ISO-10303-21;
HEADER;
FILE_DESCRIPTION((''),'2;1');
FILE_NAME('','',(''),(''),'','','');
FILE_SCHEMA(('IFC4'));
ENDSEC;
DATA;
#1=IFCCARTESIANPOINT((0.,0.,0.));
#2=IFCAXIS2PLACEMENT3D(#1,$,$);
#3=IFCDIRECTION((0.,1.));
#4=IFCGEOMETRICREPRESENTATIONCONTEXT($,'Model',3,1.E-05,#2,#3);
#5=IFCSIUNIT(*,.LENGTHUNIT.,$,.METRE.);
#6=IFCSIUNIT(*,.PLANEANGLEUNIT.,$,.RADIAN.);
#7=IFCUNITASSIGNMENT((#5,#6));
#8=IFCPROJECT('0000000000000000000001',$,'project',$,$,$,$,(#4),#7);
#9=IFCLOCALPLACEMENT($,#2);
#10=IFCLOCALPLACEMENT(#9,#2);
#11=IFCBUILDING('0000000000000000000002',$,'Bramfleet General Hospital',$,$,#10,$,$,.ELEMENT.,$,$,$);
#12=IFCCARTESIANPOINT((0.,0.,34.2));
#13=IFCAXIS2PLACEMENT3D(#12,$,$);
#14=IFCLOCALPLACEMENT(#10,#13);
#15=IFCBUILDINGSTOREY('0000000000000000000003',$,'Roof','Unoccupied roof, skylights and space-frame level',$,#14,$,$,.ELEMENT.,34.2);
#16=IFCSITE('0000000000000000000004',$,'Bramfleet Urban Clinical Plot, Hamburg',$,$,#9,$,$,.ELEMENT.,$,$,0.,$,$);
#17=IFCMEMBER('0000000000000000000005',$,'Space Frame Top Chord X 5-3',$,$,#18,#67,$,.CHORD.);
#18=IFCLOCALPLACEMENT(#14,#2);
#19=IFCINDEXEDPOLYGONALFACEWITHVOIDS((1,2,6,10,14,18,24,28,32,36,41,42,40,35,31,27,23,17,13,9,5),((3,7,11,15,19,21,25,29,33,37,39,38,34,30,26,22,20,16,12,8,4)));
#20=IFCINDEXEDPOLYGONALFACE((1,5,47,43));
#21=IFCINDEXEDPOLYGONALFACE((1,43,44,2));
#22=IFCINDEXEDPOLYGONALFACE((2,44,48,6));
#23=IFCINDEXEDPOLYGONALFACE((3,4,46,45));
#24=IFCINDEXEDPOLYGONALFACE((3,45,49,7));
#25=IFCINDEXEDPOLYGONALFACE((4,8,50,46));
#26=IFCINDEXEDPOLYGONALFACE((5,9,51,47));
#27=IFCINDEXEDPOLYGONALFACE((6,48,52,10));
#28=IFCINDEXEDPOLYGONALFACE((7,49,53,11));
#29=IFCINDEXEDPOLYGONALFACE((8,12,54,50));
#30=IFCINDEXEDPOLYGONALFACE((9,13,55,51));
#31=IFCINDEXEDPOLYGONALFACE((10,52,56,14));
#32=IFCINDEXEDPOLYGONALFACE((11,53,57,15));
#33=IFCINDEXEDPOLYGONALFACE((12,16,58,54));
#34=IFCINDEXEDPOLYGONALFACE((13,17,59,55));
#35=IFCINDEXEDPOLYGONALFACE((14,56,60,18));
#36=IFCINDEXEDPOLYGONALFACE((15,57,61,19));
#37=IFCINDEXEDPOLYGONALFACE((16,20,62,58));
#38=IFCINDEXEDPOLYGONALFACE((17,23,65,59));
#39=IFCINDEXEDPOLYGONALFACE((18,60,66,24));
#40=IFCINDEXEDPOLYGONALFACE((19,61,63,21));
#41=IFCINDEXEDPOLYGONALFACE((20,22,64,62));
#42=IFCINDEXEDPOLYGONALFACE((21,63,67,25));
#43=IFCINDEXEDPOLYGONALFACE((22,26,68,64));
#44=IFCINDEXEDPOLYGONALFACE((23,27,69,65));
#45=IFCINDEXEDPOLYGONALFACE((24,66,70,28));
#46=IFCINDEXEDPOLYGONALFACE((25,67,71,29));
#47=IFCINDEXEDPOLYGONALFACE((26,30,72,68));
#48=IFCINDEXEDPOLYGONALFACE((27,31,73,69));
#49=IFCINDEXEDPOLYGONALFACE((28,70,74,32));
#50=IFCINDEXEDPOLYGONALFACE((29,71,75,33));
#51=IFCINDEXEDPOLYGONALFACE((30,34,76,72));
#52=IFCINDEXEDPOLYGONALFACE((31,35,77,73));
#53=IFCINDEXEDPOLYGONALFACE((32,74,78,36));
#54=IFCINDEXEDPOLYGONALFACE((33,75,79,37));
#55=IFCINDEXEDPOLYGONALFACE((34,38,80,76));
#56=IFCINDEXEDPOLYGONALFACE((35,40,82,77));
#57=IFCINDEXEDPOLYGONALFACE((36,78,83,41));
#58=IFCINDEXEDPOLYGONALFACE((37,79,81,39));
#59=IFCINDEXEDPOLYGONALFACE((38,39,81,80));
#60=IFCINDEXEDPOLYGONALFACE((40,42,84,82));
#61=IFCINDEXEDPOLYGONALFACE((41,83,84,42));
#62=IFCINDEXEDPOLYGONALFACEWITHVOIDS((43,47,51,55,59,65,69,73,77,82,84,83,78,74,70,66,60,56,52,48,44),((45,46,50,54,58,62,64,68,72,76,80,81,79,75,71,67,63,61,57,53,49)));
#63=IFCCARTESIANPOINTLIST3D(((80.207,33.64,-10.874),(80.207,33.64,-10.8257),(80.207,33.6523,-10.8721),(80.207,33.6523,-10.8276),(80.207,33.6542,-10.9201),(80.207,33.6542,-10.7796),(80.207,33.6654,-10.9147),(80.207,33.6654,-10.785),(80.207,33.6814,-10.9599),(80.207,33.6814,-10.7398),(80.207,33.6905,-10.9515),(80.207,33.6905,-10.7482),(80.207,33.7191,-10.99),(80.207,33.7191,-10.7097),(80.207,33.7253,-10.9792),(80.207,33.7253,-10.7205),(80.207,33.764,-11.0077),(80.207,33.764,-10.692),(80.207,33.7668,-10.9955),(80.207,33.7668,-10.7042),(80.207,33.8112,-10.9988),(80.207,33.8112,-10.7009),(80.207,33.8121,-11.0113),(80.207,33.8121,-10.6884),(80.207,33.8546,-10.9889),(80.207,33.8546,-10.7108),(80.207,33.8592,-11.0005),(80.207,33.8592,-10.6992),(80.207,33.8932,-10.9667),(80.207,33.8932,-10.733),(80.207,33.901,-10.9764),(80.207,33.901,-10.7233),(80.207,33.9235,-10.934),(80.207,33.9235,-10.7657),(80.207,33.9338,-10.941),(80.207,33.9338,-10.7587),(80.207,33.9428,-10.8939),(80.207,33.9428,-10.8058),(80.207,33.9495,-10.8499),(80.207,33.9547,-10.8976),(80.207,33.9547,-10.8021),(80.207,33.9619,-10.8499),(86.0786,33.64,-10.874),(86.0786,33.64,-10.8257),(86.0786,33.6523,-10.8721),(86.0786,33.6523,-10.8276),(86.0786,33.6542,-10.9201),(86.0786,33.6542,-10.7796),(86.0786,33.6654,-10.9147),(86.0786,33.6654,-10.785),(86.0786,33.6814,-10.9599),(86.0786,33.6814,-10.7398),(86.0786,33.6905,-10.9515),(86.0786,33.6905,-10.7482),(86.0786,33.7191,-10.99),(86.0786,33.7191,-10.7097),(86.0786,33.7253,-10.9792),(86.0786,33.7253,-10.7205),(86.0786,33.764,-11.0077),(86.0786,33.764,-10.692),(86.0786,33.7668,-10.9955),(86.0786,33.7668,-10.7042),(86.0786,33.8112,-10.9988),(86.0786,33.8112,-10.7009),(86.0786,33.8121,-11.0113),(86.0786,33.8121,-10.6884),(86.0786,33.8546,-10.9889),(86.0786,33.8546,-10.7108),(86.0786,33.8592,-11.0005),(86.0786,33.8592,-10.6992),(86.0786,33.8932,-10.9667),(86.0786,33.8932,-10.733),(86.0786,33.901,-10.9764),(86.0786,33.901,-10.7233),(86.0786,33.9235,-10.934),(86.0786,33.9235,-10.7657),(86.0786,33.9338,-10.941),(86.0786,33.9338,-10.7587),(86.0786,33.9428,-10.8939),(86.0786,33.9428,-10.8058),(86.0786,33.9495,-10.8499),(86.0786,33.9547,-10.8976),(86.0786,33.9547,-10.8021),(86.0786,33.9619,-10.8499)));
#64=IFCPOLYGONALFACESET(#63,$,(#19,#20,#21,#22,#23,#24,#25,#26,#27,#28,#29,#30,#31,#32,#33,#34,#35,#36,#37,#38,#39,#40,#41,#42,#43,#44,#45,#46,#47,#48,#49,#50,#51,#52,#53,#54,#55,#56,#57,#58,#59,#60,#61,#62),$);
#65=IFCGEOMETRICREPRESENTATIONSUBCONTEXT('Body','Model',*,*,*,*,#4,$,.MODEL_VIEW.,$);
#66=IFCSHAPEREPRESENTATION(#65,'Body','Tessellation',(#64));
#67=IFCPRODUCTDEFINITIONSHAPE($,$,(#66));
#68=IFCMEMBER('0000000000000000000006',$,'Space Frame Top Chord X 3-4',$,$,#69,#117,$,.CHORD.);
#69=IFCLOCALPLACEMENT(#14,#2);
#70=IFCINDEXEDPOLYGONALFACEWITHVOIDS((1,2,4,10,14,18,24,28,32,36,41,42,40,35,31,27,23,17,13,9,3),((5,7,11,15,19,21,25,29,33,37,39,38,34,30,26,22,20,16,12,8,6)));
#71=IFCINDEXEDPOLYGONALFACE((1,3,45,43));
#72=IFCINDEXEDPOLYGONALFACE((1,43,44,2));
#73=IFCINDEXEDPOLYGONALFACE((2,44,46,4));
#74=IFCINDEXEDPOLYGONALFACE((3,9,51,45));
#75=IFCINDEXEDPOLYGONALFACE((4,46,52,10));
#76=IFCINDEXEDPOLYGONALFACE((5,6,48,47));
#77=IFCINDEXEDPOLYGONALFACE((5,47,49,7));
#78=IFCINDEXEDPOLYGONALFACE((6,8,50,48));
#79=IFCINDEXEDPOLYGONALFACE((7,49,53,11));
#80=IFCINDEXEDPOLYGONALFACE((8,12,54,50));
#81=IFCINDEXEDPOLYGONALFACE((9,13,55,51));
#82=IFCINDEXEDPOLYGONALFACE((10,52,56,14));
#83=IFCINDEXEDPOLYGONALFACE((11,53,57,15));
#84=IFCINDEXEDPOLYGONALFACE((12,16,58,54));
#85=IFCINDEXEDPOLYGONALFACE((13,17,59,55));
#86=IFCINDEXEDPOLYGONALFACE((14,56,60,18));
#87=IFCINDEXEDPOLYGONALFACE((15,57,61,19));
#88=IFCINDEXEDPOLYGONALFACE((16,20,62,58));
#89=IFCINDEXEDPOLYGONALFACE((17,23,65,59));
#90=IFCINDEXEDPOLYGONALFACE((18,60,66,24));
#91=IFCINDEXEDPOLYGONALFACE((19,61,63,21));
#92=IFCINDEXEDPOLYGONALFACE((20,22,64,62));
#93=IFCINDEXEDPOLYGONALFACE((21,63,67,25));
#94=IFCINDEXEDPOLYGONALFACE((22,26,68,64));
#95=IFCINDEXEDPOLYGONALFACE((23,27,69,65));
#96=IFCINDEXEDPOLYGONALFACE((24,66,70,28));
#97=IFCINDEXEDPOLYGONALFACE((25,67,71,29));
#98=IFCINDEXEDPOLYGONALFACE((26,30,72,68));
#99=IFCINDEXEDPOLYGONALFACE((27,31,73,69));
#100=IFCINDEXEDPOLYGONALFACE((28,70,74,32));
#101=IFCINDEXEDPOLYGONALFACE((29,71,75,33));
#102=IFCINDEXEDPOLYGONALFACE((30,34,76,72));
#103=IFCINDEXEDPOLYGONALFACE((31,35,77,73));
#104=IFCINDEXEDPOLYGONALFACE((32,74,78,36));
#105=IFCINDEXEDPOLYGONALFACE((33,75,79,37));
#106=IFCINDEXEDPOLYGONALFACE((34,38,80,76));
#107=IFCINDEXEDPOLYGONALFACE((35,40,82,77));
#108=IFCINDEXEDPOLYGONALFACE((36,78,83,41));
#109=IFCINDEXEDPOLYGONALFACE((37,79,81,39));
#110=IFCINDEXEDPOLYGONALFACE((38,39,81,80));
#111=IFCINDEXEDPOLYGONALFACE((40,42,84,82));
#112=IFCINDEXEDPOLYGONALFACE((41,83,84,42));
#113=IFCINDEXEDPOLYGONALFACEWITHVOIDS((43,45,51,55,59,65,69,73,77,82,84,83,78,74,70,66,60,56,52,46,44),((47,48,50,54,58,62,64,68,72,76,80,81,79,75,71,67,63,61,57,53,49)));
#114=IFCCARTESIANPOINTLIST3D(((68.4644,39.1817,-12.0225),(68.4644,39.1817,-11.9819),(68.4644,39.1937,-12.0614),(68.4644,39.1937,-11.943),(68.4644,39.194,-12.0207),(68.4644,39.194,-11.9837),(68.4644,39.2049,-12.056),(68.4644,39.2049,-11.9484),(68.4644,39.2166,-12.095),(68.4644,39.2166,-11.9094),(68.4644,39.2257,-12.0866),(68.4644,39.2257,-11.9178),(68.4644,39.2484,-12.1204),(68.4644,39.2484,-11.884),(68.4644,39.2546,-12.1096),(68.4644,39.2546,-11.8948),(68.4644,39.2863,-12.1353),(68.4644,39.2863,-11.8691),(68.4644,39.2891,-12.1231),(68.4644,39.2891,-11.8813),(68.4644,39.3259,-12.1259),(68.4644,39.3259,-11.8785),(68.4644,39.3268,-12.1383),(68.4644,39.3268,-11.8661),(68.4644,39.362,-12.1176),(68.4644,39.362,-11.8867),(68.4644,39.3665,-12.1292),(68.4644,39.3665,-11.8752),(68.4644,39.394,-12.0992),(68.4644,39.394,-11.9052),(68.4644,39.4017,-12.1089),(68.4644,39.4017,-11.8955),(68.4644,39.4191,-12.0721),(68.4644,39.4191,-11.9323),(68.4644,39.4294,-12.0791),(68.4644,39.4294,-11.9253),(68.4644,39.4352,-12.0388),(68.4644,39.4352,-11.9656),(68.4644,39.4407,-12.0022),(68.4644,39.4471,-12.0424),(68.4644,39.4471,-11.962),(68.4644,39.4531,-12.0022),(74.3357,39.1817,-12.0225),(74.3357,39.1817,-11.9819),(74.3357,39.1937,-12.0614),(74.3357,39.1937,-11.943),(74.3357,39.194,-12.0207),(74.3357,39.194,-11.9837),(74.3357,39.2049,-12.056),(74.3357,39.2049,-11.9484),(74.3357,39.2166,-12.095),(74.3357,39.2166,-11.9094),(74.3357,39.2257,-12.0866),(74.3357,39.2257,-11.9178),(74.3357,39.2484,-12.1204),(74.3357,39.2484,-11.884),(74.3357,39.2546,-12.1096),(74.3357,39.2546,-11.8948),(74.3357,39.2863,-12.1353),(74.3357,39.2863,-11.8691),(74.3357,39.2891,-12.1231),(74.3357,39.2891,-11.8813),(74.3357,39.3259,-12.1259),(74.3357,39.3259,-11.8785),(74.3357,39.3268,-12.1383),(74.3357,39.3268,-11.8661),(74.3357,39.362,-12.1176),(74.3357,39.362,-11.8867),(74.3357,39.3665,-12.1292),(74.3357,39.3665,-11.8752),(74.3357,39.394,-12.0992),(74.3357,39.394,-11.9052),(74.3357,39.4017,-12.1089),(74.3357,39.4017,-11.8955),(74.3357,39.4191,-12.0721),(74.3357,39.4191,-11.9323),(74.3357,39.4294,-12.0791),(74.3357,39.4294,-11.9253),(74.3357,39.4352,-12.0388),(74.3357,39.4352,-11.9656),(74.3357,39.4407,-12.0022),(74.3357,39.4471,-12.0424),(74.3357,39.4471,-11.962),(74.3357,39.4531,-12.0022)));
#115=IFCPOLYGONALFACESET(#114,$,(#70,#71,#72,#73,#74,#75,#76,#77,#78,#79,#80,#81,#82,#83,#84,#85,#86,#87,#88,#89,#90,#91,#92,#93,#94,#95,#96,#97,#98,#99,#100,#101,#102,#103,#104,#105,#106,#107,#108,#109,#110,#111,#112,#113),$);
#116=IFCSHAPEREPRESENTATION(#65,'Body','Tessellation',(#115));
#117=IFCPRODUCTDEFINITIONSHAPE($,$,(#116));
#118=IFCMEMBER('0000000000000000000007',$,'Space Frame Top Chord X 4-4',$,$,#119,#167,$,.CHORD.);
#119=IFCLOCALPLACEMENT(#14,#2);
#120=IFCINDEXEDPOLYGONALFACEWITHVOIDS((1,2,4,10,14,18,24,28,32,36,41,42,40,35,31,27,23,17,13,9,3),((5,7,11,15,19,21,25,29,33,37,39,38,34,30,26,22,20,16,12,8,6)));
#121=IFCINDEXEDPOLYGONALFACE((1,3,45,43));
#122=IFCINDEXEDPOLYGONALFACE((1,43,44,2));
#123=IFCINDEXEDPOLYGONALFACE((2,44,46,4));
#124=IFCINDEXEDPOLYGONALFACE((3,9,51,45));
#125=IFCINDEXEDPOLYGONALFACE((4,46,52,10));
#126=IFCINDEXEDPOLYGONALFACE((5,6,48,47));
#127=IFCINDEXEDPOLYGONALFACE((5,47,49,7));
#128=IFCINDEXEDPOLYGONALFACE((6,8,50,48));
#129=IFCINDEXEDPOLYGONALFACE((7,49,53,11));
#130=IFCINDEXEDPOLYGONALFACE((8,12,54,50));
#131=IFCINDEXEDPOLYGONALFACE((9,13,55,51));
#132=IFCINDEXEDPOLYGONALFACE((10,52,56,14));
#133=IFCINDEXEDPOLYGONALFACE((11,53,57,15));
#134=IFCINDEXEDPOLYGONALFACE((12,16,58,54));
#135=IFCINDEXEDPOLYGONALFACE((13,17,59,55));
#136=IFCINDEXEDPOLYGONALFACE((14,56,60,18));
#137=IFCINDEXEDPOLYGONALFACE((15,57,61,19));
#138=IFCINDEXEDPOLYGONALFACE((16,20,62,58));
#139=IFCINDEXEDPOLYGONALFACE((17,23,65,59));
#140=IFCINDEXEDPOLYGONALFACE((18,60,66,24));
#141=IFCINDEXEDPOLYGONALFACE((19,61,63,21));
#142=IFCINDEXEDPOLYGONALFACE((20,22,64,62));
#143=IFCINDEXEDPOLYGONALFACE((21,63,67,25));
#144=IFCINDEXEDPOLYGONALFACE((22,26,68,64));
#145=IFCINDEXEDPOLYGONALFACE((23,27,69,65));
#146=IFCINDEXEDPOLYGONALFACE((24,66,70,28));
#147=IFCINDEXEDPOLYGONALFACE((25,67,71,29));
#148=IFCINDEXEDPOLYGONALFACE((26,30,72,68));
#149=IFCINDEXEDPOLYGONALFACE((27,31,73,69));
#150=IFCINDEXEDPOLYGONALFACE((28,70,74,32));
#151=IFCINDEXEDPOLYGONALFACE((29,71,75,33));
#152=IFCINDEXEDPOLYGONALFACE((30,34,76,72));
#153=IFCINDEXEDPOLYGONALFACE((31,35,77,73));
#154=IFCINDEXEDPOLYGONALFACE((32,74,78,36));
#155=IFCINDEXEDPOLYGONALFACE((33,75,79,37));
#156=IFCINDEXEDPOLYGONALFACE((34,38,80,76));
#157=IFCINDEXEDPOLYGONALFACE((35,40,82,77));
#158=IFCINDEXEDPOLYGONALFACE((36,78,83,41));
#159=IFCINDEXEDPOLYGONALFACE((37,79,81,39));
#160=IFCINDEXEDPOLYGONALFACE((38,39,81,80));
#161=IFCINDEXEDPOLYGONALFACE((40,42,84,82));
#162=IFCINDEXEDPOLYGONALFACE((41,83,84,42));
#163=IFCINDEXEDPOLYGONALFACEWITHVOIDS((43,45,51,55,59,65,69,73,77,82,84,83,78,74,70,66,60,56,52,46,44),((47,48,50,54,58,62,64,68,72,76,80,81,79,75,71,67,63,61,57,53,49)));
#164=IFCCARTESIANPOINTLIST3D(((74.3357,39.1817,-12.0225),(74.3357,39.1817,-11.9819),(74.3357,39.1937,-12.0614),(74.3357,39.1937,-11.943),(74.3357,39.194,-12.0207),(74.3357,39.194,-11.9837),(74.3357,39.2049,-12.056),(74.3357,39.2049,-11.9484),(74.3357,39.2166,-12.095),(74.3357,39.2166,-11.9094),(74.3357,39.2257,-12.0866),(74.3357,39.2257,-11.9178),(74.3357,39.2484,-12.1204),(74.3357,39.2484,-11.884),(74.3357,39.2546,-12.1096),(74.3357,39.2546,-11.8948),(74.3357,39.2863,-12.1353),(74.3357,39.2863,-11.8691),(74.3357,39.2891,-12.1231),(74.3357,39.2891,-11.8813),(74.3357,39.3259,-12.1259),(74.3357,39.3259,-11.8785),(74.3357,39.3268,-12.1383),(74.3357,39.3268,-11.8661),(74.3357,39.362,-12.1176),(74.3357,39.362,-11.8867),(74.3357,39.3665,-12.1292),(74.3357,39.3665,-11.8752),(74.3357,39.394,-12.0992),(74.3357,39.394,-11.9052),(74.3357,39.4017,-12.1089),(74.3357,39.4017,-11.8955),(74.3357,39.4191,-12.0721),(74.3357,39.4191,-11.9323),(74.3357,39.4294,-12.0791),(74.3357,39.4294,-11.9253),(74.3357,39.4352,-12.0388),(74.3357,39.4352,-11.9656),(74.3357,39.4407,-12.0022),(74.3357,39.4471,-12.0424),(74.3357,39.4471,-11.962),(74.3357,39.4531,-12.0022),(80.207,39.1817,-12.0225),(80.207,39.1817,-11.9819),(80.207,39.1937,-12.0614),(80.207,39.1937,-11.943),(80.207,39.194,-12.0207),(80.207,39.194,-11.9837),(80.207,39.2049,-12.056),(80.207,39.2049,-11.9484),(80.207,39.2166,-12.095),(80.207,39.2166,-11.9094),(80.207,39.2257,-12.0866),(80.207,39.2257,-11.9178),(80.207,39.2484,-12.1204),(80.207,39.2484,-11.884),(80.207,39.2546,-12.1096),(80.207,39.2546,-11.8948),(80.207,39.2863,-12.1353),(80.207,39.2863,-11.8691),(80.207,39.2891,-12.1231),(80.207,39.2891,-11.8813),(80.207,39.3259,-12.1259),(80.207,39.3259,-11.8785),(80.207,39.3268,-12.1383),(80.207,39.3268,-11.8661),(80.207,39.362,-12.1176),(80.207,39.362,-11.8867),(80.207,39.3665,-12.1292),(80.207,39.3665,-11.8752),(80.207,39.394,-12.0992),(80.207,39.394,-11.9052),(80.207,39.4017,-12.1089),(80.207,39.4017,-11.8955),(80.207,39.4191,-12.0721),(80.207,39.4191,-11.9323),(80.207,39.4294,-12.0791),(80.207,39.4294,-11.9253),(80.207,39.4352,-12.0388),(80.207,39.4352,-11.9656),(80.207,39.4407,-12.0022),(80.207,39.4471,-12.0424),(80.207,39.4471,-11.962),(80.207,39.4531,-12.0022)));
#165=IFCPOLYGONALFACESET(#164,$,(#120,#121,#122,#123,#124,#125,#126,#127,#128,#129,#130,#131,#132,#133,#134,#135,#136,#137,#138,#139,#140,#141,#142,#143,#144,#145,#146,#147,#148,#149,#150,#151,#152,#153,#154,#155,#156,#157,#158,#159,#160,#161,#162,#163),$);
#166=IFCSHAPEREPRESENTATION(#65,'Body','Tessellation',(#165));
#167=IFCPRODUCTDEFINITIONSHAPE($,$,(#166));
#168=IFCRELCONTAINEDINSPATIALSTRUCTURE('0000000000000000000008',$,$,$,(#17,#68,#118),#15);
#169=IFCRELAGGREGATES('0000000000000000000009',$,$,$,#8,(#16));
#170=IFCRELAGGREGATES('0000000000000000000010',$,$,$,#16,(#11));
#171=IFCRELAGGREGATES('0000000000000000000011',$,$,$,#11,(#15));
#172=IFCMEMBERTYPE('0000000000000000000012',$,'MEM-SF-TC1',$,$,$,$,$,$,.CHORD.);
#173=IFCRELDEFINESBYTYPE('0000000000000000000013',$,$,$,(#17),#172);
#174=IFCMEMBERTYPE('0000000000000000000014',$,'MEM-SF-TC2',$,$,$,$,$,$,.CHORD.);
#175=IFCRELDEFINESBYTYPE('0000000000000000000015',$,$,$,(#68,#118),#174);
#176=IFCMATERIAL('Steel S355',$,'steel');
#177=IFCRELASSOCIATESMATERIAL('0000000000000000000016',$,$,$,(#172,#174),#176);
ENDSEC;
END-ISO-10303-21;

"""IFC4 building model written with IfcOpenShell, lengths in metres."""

from ifc_helpers import new_model, si_unit, direction, frame, origin, origin_2d, place, context, subcontext, project, spatial, hollow_circle, extrude, material, material_profile, profile_set, type_object, element, save


model = new_model("IFC4")

# Units and contexts
model_context = context("Model", 3, precision=1e-05, world=origin(), true_north=direction((0.0, 1.0)))
body_context = subcontext(model_context, "Body", "Model", "MODEL_VIEW")
ifc_project = project(units=[si_unit("LENGTHUNIT", "METRE"), si_unit("PLANEANGLEUNIT", "RADIAN")], contexts=[model_context])

# Site, building, storey
site_placement = place(None, origin())
site = spatial("IfcSite", under=ifc_project, at=site_placement, Name="Bramfleet Urban Clinical Plot, Hamburg", CompositionType="ELEMENT", RefElevation=0.0)
building_placement = place(site_placement, origin())
building = spatial("IfcBuilding", under=site, at=building_placement, Name="Bramfleet General Hospital", CompositionType="ELEMENT")
storey_placement = place(building_placement, frame((0.0, 0.0, 34.2)))
storey = spatial("IfcBuildingStorey", under=building, at=storey_placement, Name="Roof", Description="Unoccupied roof, skylights and space-frame level", CompositionType="ELEMENT", Elevation=34.2)

# Members
ifc_material = material(Name="Steel S355", Category="steel")
ifc_material_profile_1 = material_profile(ifc_material, hollow_circle(Radius=0.1619, WallThickness=0.0125, at=origin_2d()), Name="CHS 323.9x12.5")
ifc_profile_set_1 = profile_set([ifc_material_profile_1], Name="Steel S355")
member_type_1 = type_object("IfcMemberType", Name="MEM-SF-TC1", PredefinedType="CHORD", material=ifc_profile_set_1)
member_1_placement = place(storey_placement, frame((80.207, 33.8, -10.8499), z_axis=(1.0, 0.0, 0.0), x_axis=(0.0, 1.0, 0.0)))
element("IfcMember", 1, at=member_1_placement, inside=storey, type_object=member_type_1, Name="Space Frame Top Chord X 5-3", PredefinedType="CHORD", context=body_context, shape_type="SweptSolid", body=[
    extrude(hollow_circle(Radius=0.1619, WallThickness=0.0125, at=origin_2d()), origin(), (0.0, 0.0, 1.0), 5.8716),
])
ifc_material_profile_2 = material_profile(ifc_material, hollow_circle(Radius=0.1365, WallThickness=0.0125, at=origin_2d()), Name="CHS 273.0x12.5")
ifc_profile_set_2 = profile_set([ifc_material_profile_2], Name="Steel S355")
member_type_2 = type_object("IfcMemberType", Name="MEM-SF-TC2", PredefinedType="CHORD", material=ifc_profile_set_2)
for number, where, z_axis, x_axis, name in (
    (2, (68.4644, 39.3167, -12.0022), (1.0, 0.0, 0.0), (0.0, 1.0, 0.0), "Space Frame Top Chord X 3-4"),
    (3, (74.3357, 39.3167, -12.0022), (1.0, 0.0, 0.0), (0.0, 1.0, 0.0), "Space Frame Top Chord X 4-4"),
):
    element("IfcMember", number, at=place(storey_placement, frame(where, z_axis=z_axis, x_axis=x_axis)), inside=storey, type_object=member_type_2, Name=name, PredefinedType="CHORD", context=body_context, shape_type="SweptSolid", body=[
        extrude(hollow_circle(Radius=0.1365, WallThickness=0.0125, at=origin_2d()), origin(), (0.0, 0.0, 1.0), 5.8713),
    ])

save(model, "model.ifc")
